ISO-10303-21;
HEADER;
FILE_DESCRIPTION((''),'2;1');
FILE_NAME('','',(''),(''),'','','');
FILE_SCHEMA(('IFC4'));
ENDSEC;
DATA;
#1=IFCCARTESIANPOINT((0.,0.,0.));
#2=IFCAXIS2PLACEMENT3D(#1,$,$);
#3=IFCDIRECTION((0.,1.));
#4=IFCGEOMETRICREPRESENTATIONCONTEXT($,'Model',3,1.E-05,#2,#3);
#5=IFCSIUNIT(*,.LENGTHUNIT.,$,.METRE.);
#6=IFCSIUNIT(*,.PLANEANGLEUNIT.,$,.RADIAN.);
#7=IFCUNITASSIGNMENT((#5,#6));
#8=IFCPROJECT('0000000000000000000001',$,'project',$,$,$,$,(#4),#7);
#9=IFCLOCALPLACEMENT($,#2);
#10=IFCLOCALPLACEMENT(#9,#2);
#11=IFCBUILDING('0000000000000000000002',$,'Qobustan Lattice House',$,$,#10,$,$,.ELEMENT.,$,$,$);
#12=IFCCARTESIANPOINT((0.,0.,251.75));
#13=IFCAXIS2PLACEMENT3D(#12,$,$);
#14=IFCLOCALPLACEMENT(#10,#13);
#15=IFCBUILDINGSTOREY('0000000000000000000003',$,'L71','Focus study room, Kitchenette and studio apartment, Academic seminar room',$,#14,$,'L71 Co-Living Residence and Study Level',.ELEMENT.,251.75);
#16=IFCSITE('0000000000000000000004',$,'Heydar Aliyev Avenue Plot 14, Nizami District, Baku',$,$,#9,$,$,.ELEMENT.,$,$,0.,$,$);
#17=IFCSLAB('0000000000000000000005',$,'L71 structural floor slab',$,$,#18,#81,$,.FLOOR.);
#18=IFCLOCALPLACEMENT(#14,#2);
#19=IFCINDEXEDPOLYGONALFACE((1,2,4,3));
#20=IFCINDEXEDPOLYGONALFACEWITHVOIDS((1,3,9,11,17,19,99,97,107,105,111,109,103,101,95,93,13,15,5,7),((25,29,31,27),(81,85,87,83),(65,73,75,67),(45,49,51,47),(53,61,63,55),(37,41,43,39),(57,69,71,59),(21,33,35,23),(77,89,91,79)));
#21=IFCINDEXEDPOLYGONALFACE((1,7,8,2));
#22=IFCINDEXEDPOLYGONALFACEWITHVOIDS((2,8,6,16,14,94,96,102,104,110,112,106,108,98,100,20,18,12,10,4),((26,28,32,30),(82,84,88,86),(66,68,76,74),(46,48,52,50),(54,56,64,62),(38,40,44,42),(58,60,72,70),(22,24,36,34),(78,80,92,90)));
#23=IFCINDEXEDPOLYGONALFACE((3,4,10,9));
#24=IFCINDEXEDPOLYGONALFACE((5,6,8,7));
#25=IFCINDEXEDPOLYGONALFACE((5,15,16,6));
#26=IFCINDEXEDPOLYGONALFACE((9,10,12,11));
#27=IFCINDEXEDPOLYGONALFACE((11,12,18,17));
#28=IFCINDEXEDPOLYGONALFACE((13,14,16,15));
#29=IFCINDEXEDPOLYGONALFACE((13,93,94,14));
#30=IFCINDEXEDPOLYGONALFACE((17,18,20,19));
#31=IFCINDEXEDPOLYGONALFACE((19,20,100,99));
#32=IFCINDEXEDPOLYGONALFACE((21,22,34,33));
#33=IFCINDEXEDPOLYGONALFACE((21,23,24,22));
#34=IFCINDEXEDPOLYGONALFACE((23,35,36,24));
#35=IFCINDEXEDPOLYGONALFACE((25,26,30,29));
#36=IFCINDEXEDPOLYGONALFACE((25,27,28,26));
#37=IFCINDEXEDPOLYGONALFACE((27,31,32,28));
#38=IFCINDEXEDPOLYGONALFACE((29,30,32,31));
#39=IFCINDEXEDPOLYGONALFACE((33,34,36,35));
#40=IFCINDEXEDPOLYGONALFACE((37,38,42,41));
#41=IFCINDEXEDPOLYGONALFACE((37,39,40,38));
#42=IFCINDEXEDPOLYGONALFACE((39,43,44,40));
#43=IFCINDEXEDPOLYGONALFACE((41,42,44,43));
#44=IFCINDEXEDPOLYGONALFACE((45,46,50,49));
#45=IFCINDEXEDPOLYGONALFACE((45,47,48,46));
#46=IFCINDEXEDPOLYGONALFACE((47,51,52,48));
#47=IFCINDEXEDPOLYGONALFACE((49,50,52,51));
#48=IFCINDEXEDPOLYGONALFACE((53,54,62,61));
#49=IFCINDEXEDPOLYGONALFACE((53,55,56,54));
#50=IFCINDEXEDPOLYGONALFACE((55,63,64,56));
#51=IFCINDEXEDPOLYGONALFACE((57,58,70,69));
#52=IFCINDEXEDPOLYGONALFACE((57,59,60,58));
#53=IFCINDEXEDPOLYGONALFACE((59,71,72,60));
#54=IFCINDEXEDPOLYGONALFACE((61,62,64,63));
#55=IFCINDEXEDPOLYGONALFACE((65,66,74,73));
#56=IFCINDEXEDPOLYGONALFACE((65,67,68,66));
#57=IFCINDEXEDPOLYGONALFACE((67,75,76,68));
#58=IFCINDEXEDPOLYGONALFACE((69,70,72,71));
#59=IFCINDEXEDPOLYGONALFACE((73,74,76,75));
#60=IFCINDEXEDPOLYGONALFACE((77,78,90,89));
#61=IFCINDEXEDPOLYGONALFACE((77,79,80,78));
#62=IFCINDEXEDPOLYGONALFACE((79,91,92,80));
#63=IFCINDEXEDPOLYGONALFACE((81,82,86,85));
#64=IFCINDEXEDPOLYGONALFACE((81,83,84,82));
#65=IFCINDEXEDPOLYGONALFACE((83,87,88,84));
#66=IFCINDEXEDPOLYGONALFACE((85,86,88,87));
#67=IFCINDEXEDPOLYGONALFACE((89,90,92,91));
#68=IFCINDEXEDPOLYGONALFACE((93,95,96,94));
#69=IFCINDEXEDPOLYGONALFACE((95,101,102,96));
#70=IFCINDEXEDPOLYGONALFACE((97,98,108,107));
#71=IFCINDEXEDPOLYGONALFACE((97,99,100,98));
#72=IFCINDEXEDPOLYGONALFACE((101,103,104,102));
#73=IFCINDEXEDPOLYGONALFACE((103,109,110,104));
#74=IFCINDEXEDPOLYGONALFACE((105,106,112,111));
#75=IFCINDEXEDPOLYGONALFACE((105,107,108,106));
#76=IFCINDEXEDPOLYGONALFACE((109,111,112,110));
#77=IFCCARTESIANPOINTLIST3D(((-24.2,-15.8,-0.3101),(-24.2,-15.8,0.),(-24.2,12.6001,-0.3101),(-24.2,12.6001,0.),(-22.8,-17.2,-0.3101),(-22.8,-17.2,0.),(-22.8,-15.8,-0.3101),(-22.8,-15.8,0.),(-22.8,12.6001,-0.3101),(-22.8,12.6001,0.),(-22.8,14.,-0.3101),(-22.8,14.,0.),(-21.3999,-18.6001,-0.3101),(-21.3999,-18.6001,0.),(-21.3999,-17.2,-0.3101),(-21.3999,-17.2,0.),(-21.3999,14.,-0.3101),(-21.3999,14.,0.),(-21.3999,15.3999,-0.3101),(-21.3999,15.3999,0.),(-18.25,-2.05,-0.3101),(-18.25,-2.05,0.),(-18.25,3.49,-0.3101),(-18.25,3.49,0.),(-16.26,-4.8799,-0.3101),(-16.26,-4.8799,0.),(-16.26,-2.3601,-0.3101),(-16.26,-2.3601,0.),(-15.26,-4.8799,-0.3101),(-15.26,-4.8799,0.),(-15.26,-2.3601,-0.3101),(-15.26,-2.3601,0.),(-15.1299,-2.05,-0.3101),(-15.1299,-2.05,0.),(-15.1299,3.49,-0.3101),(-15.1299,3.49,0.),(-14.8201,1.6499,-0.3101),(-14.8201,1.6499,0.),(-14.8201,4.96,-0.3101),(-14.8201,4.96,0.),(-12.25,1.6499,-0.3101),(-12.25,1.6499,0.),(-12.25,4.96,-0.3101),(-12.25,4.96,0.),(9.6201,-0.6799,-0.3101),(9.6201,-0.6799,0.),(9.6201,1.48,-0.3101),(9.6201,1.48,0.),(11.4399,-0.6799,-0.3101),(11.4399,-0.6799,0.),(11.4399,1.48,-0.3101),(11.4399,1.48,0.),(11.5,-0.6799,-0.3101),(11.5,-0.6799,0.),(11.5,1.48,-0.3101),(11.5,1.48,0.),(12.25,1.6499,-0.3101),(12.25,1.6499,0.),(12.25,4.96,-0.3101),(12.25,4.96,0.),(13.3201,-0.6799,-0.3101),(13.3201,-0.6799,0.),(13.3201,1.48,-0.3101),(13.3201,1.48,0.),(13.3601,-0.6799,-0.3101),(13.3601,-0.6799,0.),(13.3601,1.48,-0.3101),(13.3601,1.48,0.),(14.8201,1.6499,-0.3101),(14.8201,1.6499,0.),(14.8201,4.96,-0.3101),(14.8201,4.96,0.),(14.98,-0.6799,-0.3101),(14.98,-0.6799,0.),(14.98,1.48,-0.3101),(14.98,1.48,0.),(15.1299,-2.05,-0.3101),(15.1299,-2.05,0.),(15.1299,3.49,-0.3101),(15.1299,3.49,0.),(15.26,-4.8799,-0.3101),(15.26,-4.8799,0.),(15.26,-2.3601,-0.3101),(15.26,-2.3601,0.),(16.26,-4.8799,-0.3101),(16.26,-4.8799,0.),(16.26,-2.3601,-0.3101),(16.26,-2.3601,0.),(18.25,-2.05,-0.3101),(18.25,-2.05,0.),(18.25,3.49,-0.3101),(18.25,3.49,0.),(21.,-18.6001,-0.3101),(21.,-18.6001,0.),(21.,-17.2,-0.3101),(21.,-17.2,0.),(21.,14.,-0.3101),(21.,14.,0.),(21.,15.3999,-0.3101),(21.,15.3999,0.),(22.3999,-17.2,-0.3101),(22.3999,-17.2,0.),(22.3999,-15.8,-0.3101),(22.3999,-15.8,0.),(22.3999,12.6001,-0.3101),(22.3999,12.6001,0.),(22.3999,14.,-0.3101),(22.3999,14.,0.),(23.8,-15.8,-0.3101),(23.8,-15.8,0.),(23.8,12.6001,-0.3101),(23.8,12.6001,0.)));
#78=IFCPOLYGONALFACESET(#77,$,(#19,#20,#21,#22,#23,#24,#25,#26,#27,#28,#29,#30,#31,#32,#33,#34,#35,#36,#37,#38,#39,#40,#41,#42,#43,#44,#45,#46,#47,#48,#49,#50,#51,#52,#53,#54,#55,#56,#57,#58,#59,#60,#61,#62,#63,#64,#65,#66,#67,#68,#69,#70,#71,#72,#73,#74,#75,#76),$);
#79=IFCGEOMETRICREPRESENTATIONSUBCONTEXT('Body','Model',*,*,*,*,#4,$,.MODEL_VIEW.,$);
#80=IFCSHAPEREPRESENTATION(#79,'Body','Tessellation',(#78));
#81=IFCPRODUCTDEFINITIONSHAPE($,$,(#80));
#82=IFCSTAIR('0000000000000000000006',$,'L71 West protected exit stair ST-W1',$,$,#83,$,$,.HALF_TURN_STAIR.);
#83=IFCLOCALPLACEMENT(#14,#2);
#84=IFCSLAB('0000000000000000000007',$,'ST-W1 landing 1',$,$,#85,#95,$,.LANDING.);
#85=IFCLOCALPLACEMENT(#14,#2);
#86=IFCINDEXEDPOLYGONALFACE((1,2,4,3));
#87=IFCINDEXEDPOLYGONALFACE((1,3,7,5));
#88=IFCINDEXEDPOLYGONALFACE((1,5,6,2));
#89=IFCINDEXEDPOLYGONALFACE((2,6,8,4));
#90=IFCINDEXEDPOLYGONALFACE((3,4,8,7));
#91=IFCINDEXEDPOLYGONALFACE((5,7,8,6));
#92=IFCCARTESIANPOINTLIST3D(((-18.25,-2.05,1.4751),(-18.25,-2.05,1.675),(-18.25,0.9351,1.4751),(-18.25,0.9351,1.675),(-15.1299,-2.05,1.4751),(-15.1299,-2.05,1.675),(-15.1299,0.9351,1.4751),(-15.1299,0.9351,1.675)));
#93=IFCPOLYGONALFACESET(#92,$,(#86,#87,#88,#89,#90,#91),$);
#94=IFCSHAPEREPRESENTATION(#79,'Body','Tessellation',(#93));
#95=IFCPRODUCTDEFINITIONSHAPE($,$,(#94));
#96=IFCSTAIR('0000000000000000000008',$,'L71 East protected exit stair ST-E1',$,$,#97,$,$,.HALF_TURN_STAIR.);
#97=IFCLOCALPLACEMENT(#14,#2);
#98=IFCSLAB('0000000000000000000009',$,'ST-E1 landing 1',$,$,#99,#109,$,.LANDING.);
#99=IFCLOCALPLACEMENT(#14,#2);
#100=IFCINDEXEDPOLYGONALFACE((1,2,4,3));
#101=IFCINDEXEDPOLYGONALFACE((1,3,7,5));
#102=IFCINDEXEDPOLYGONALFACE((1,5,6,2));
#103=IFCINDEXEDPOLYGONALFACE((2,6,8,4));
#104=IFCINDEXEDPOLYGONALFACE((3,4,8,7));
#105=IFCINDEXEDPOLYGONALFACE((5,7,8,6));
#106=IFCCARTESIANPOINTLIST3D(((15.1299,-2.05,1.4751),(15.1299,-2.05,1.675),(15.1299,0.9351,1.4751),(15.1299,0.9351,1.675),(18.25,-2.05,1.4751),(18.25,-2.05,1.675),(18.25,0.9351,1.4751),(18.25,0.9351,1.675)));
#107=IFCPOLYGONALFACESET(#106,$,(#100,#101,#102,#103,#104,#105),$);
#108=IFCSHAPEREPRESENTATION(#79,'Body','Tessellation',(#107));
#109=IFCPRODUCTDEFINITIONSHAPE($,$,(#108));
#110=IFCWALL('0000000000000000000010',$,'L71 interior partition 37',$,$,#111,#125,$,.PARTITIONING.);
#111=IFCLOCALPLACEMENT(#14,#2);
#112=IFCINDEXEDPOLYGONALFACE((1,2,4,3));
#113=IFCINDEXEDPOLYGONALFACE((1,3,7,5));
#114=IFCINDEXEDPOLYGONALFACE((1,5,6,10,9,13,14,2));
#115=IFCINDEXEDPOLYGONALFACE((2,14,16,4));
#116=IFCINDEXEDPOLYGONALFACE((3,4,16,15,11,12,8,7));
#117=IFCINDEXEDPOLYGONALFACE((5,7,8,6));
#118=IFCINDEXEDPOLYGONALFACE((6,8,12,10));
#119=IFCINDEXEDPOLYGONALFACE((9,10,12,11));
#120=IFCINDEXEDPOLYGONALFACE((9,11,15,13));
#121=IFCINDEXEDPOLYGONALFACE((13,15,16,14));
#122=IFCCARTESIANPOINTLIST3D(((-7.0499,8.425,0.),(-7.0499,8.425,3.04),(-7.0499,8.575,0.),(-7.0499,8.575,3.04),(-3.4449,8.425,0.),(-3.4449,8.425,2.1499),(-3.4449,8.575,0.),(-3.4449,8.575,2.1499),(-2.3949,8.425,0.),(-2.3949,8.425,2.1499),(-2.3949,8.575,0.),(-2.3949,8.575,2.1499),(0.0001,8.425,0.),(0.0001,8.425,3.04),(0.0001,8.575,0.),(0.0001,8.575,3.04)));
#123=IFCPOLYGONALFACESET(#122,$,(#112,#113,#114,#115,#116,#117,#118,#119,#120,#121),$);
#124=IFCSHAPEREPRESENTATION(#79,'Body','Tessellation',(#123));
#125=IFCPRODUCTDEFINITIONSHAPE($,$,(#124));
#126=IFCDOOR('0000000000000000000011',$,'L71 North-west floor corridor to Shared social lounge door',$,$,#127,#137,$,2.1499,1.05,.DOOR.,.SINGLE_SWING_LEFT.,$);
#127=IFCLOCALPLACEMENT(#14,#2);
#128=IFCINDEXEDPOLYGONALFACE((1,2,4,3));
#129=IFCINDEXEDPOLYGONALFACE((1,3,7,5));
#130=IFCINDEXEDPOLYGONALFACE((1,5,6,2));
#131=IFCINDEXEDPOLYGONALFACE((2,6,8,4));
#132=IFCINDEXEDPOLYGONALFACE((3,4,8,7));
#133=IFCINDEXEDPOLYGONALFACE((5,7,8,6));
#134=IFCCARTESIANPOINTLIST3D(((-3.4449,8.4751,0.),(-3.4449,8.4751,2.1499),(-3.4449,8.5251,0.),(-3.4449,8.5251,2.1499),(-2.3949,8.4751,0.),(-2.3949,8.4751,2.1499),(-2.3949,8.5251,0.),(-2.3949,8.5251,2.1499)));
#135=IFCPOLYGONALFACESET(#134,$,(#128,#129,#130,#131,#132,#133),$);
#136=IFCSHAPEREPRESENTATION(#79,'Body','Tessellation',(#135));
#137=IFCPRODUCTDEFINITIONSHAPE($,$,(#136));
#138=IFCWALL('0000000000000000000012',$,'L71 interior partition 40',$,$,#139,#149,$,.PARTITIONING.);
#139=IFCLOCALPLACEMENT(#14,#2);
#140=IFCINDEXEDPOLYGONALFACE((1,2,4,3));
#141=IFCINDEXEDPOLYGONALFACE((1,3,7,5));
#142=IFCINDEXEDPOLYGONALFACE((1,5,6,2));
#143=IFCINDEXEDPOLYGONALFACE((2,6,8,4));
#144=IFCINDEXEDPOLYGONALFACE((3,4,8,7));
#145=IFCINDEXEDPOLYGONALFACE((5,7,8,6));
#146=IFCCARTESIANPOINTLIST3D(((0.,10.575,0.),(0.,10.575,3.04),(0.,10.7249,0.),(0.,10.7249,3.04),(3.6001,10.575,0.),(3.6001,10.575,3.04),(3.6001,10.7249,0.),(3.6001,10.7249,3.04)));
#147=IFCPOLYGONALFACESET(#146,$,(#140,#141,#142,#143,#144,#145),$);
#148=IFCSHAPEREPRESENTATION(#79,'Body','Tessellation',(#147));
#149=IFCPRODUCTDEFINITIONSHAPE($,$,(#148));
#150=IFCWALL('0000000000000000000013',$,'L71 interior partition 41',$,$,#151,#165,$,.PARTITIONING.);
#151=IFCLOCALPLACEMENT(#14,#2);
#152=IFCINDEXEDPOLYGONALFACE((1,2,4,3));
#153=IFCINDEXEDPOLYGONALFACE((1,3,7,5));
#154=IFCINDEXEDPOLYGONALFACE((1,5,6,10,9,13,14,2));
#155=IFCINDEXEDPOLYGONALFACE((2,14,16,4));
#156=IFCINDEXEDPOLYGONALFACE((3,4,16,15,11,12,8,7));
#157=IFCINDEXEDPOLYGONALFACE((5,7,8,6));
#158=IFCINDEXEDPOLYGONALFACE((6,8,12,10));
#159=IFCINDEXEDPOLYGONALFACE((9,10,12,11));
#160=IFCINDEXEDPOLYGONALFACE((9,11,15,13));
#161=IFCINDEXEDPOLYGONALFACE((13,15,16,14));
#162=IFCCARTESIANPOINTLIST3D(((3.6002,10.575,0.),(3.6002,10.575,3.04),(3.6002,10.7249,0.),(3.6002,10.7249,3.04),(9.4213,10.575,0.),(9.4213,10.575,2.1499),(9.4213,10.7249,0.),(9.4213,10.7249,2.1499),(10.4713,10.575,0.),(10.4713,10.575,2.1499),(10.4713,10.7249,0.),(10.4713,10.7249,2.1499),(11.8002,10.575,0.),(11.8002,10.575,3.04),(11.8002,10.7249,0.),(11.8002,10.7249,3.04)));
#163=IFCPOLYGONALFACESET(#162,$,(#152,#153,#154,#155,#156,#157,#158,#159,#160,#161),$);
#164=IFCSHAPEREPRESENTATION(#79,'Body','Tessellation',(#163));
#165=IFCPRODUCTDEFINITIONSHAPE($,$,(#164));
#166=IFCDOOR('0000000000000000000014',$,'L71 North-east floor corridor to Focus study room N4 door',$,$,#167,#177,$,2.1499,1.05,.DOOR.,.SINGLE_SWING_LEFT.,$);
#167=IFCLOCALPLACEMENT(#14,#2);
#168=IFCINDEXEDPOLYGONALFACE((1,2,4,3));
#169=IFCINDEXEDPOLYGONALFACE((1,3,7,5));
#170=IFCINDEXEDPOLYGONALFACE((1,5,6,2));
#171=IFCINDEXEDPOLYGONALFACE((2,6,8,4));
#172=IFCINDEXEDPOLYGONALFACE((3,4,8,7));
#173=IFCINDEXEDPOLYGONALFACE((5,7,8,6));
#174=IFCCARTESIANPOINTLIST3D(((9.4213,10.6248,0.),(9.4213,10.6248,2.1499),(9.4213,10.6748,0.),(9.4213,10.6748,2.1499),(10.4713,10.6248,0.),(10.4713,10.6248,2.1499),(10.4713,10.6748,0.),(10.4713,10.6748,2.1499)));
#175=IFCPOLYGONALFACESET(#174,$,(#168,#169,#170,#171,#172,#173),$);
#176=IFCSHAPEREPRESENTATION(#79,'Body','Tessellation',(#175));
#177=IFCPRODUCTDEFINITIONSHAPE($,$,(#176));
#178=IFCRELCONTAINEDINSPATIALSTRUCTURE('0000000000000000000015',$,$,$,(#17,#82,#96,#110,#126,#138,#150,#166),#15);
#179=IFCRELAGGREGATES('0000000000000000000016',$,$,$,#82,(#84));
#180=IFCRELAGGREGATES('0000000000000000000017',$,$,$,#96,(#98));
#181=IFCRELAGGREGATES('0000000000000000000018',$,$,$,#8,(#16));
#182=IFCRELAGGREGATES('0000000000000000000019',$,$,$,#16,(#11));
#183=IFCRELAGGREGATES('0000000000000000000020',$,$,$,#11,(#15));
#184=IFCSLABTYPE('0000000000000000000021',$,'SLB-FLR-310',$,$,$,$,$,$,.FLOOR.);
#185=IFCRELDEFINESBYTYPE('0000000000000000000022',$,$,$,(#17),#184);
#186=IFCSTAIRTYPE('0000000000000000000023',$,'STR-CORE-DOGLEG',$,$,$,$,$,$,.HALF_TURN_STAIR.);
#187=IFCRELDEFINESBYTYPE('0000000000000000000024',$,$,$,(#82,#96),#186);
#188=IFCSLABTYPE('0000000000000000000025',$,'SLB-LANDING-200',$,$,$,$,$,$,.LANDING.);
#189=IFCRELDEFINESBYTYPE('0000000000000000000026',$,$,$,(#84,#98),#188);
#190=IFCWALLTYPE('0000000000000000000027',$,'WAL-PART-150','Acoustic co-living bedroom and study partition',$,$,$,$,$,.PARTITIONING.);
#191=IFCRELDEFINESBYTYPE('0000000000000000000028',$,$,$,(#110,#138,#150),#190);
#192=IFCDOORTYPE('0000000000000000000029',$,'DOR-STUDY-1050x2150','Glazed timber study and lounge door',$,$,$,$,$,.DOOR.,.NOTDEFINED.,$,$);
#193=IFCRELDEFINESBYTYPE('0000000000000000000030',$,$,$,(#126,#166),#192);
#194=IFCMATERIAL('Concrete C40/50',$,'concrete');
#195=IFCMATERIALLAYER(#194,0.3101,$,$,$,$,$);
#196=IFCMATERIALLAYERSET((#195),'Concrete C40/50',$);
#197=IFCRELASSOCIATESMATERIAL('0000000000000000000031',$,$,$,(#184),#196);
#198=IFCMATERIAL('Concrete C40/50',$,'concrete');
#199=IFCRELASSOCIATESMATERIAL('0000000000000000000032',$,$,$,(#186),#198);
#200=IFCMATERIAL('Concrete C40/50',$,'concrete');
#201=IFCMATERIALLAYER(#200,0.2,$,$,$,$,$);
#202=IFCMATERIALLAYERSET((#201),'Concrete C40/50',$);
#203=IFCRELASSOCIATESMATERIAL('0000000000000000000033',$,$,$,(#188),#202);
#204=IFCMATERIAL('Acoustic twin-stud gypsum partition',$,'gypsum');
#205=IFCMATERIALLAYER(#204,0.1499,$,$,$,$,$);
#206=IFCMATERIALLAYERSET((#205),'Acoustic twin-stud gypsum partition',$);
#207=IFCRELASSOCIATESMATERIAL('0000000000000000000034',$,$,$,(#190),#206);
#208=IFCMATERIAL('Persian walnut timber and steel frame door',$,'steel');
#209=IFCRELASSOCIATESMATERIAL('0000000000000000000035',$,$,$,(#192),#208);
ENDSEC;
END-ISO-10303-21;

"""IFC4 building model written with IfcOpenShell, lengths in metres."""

from ifc_helpers import new_model, si_unit, direction, frame, frame_2d, origin, place, context, subcontext, project, spatial, polyline, rectangle, outline, extrude, material, layer, layer_set, type_object, element, fill, aggregate, save


model = new_model("IFC4")

# Units and contexts
model_context = context("Model", 3, precision=1e-05, world=origin(), true_north=direction((0.0, 1.0)))
body_context = subcontext(model_context, "Body", "Model", "MODEL_VIEW")
ifc_project = project(units=[si_unit("LENGTHUNIT", "METRE"), si_unit("PLANEANGLEUNIT", "RADIAN")], contexts=[model_context])

# Site, building, storey
site_placement = place(None, origin())
site = spatial("IfcSite", under=ifc_project, at=site_placement, Name="Heydar Aliyev Avenue Plot 14, Nizami District, Baku", CompositionType="ELEMENT", RefElevation=0.0)
building_placement = place(site_placement, origin())
building = spatial("IfcBuilding", under=site, at=building_placement, Name="Qobustan Lattice House", CompositionType="ELEMENT")
storey_placement = place(building_placement, frame((0.0, 0.0, 251.75)))
storey = spatial("IfcBuildingStorey", under=building, at=storey_placement, Name="L71", Description="Focus study room, Kitchenette and studio apartment, Academic seminar room", LongName="L71 Co-Living Residence and Study Level", CompositionType="ELEMENT", Elevation=251.75)

# Slab
ifc_material_1 = material(Name="Concrete C40/50", Category="concrete")
ifc_layer_1 = layer(ifc_material_1, 0.3101)
ifc_layer_set_1 = layer_set([ifc_layer_1], Name="Concrete C40/50")
slab_type_1 = type_object("IfcSlabType", Name="SLB-FLR-310", PredefinedType="FLOOR", material=ifc_layer_set_1)
slab_1_placement = place(storey_placement, frame((0.0, 0.0, -0.3101)))
element("IfcSlab", 1, at=slab_1_placement, inside=storey, type_object=slab_type_1, Name="L71 structural floor slab", PredefinedType="FLOOR", context=body_context, shape_type="SweptSolid", body=[
    extrude(outline(polyline([(-21.3999, -18.6001), (21.0, -18.6001), (21.0, -17.2), (22.3999, -17.2), (22.3999, -15.8), (23.8, -15.8), (23.8, 12.6001), (22.3999, 12.6001), (22.3999, 14.0), (21.0, 14.0), (21.0, 15.3999), (-21.3999, 15.3999), (-21.3999, 14.0), (-22.8, 14.0), (-22.8, 12.6001), (-24.2, 12.6001), (-24.2, -15.8), (-22.8, -15.8), (-22.8, -17.2), (-21.3999, -17.2), (-21.3999, -18.6001)]), holes=[polyline([(-18.25, -2.05), (-18.25, 3.49), (-15.1299, 3.49), (-15.1299, -2.05), (-18.25, -2.05)]), polyline([(15.1299, -2.05), (15.1299, 3.49), (18.25, 3.49), (18.25, -2.05), (15.1299, -2.05)]), polyline([(-14.8201, 1.6499), (-14.8201, 4.96), (-12.25, 4.96), (-12.25, 1.6499), (-14.8201, 1.6499)]), polyline([(12.25, 1.6499), (12.25, 4.96), (14.8201, 4.96), (14.8201, 1.6499), (12.25, 1.6499)]), polyline([(-16.26, -4.8799), (-16.26, -2.3601), (-15.26, -2.3601), (-15.26, -4.8799), (-16.26, -4.8799)]), polyline([(15.26, -4.8799), (15.26, -2.3601), (16.26, -2.3601), (16.26, -4.8799), (15.26, -4.8799)]), polyline([(13.3601, -0.6799), (13.3601, 1.48), (14.98, 1.48), (14.98, -0.6799), (13.3601, -0.6799)]), polyline([(9.6201, -0.6799), (9.6201, 1.48), (11.4399, 1.48), (11.4399, -0.6799), (9.6201, -0.6799)]), polyline([(11.5, -0.6799), (11.5, 1.48), (13.3201, 1.48), (13.3201, -0.6799), (11.5, -0.6799)])]), origin(), (0.0, 0.0, 1.0), 0.3101),
])

# Stairs, slabs
ifc_material_2 = material(Name="Concrete C40/50", Category="concrete")
stair_type = type_object("IfcStairType", Name="STR-CORE-DOGLEG", PredefinedType="HALF_TURN_STAIR", material=ifc_material_2)
stair_1_placement = place(storey_placement, origin())
stair_1 = element("IfcStair", 2, at=stair_1_placement, inside=storey, type_object=stair_type, Name="L71 West protected exit stair ST-W1", PredefinedType="HALF_TURN_STAIR")
ifc_material_3 = material(Name="Concrete C40/50", Category="concrete")
ifc_layer_2 = layer(ifc_material_3, 0.2)
ifc_layer_set_2 = layer_set([ifc_layer_2], Name="Concrete C40/50")
slab_type_2 = type_object("IfcSlabType", Name="SLB-LANDING-200", PredefinedType="LANDING", material=ifc_layer_set_2)
slab_2_placement = place(storey_placement, frame((0.0, 0.0, 1.4751)))
slab_2 = element("IfcSlab", 3, at=slab_2_placement, type_object=slab_type_2, Name="ST-W1 landing 1", PredefinedType="LANDING", context=body_context, shape_type="SweptSolid", body=[
    extrude(outline(polyline([(-18.25, 0.9351), (-18.25, -2.05), (-15.1299, -2.05), (-15.1299, 0.9351), (-18.25, 0.9351)])), origin(), (0.0, 0.0, 1.0), 0.2),
])
aggregate(stair_1, [slab_2])
stair_2_placement = place(storey_placement, origin())
stair_2 = element("IfcStair", 4, at=stair_2_placement, inside=storey, type_object=stair_type, Name="L71 East protected exit stair ST-E1", PredefinedType="HALF_TURN_STAIR")
slab_3_placement = place(storey_placement, frame((0.0, 0.0, 1.4751)))
slab_3 = element("IfcSlab", 5, at=slab_3_placement, type_object=slab_type_2, Name="ST-E1 landing 1", PredefinedType="LANDING", context=body_context, shape_type="SweptSolid", body=[
    extrude(outline(polyline([(15.1299, 0.9351), (15.1299, -2.05), (18.25, -2.05), (18.25, 0.9351), (15.1299, 0.9351)])), origin(), (0.0, 0.0, 1.0), 0.2),
])

# Wall, opening, door
ifc_material_4 = material(Name="Acoustic twin-stud gypsum partition", Category="gypsum")
ifc_layer_3 = layer(ifc_material_4, 0.1499)
ifc_layer_set_3 = layer_set([ifc_layer_3], Name="Acoustic twin-stud gypsum partition")
wall_type_1 = type_object("IfcWallType", Name="WAL-PART-150", Description="Acoustic co-living bedroom and study partition", PredefinedType="PARTITIONING", material=ifc_layer_set_3)
wall_1_placement = place(storey_placement, frame((0.0, 8.5, 0.0), z_axis=(0.0, 0.0, 1.0), x_axis=(-1.0, 0.0, 0.0)))
wall_1 = element("IfcWall", 6, at=wall_1_placement, inside=storey, type_object=wall_type_1, Name="L71 interior partition 37", PredefinedType="PARTITIONING", context=body_context, shape_type="SweptSolid", body=[
    extrude(rectangle(XDim=7.05, YDim=0.1499, at=frame_2d((3.5249, 0.0))), origin(), (0.0, 0.0, 1.0), 3.04),
])
opening_1_placement = place(wall_1_placement, frame((2.395, 0.0, 0.0)))
opening_1 = element("IfcOpeningElement", 7, at=opening_1_placement, cuts=wall_1, PredefinedType="OPENING", context=body_context, shape_type="SweptSolid", body=[
    extrude(rectangle(XDim=1.05, YDim=2.1499, at=frame_2d((0.5249, 1.075))), frame((0.0, 0.085, 0.0), z_axis=(0.0, -1.0, 0.0), x_axis=(1.0, 0.0, 0.0)), (0.0, 0.0, 1.0), 0.1699),
])
ifc_material_5 = material(Name="Persian walnut timber and steel frame door", Category="steel")
door_type_1 = type_object("IfcDoorType", Name="DOR-STUDY-1050x2150", Description="Glazed timber study and lounge door", OperationType="NOTDEFINED", PredefinedType="DOOR", material=ifc_material_5)
door_1_placement = place(opening_1_placement, origin())
door_1 = element("IfcDoor", 8, at=door_1_placement, inside=storey, type_object=door_type_1, Name="L71 North-west floor corridor to Shared social lounge door", OperationType="SINGLE_SWING_LEFT", OverallHeight=2.1499, OverallWidth=1.05, PredefinedType="DOOR", context=body_context, shape_type="SweptSolid", body=[
    extrude(rectangle(XDim=1.05, YDim=2.1499, at=frame_2d((0.5249, 1.075))), frame((0.0, 0.0249, 0.0), z_axis=(0.0, -1.0, 0.0), x_axis=(1.0, 0.0, 0.0)), (0.0, 0.0, 1.0), 0.05),
])
fill(opening_1, door_1)

# Wall
wall_2_placement = place(storey_placement, frame((0.0, 10.6499, 0.0), z_axis=(0.0, 0.0, 1.0), x_axis=(1.0, 0.0, 0.0)))
element("IfcWall", 9, at=wall_2_placement, inside=storey, type_object=wall_type_1, Name="L71 interior partition 40", PredefinedType="PARTITIONING", context=body_context, shape_type="SweptSolid", body=[
    extrude(rectangle(XDim=3.6001, YDim=0.1499, at=frame_2d((1.8, 0.0))), origin(), (0.0, 0.0, 1.0), 3.04),
])

# Wall, opening, door
wall_3_placement = place(storey_placement, frame((3.6001, 10.6499, 0.0), z_axis=(0.0, 0.0, 1.0), x_axis=(1.0, 0.0, 0.0)))
wall_3 = element("IfcWall", 10, at=wall_3_placement, inside=storey, type_object=wall_type_1, Name="L71 interior partition 41", PredefinedType="PARTITIONING", context=body_context, shape_type="SweptSolid", body=[
    extrude(rectangle(XDim=8.2, YDim=0.1499, at=frame_2d((4.1001, 0.0))), origin(), (0.0, 0.0, 1.0), 3.04),
])
opening_2_placement = place(wall_3_placement, frame((5.8213, 0.0, 0.0)))
opening_2 = element("IfcOpeningElement", 11, at=opening_2_placement, cuts=wall_3, PredefinedType="OPENING", context=body_context, shape_type="SweptSolid", body=[
    extrude(rectangle(XDim=1.05, YDim=2.1499, at=frame_2d((0.5249, 1.075))), frame((0.0, 0.085, 0.0), z_axis=(0.0, -1.0, 0.0), x_axis=(1.0, 0.0, 0.0)), (0.0, 0.0, 1.0), 0.1699),
])
door_2_placement = place(opening_2_placement, origin())
door_2 = element("IfcDoor", 12, at=door_2_placement, inside=storey, type_object=door_type_1, Name="L71 North-east floor corridor to Focus study room N4 door", OperationType="SINGLE_SWING_LEFT", OverallHeight=2.1499, OverallWidth=1.05, PredefinedType="DOOR", context=body_context, shape_type="SweptSolid", body=[
    extrude(rectangle(XDim=1.05, YDim=2.1499, at=frame_2d((0.5249, 1.075))), frame((0.0, 0.0249, 0.0), z_axis=(0.0, -1.0, 0.0), x_axis=(1.0, 0.0, 0.0)), (0.0, 0.0, 1.0), 0.05),
])
fill(opening_2, door_2)

aggregate(stair_2, [slab_3])

save(model, "model.ifc")
